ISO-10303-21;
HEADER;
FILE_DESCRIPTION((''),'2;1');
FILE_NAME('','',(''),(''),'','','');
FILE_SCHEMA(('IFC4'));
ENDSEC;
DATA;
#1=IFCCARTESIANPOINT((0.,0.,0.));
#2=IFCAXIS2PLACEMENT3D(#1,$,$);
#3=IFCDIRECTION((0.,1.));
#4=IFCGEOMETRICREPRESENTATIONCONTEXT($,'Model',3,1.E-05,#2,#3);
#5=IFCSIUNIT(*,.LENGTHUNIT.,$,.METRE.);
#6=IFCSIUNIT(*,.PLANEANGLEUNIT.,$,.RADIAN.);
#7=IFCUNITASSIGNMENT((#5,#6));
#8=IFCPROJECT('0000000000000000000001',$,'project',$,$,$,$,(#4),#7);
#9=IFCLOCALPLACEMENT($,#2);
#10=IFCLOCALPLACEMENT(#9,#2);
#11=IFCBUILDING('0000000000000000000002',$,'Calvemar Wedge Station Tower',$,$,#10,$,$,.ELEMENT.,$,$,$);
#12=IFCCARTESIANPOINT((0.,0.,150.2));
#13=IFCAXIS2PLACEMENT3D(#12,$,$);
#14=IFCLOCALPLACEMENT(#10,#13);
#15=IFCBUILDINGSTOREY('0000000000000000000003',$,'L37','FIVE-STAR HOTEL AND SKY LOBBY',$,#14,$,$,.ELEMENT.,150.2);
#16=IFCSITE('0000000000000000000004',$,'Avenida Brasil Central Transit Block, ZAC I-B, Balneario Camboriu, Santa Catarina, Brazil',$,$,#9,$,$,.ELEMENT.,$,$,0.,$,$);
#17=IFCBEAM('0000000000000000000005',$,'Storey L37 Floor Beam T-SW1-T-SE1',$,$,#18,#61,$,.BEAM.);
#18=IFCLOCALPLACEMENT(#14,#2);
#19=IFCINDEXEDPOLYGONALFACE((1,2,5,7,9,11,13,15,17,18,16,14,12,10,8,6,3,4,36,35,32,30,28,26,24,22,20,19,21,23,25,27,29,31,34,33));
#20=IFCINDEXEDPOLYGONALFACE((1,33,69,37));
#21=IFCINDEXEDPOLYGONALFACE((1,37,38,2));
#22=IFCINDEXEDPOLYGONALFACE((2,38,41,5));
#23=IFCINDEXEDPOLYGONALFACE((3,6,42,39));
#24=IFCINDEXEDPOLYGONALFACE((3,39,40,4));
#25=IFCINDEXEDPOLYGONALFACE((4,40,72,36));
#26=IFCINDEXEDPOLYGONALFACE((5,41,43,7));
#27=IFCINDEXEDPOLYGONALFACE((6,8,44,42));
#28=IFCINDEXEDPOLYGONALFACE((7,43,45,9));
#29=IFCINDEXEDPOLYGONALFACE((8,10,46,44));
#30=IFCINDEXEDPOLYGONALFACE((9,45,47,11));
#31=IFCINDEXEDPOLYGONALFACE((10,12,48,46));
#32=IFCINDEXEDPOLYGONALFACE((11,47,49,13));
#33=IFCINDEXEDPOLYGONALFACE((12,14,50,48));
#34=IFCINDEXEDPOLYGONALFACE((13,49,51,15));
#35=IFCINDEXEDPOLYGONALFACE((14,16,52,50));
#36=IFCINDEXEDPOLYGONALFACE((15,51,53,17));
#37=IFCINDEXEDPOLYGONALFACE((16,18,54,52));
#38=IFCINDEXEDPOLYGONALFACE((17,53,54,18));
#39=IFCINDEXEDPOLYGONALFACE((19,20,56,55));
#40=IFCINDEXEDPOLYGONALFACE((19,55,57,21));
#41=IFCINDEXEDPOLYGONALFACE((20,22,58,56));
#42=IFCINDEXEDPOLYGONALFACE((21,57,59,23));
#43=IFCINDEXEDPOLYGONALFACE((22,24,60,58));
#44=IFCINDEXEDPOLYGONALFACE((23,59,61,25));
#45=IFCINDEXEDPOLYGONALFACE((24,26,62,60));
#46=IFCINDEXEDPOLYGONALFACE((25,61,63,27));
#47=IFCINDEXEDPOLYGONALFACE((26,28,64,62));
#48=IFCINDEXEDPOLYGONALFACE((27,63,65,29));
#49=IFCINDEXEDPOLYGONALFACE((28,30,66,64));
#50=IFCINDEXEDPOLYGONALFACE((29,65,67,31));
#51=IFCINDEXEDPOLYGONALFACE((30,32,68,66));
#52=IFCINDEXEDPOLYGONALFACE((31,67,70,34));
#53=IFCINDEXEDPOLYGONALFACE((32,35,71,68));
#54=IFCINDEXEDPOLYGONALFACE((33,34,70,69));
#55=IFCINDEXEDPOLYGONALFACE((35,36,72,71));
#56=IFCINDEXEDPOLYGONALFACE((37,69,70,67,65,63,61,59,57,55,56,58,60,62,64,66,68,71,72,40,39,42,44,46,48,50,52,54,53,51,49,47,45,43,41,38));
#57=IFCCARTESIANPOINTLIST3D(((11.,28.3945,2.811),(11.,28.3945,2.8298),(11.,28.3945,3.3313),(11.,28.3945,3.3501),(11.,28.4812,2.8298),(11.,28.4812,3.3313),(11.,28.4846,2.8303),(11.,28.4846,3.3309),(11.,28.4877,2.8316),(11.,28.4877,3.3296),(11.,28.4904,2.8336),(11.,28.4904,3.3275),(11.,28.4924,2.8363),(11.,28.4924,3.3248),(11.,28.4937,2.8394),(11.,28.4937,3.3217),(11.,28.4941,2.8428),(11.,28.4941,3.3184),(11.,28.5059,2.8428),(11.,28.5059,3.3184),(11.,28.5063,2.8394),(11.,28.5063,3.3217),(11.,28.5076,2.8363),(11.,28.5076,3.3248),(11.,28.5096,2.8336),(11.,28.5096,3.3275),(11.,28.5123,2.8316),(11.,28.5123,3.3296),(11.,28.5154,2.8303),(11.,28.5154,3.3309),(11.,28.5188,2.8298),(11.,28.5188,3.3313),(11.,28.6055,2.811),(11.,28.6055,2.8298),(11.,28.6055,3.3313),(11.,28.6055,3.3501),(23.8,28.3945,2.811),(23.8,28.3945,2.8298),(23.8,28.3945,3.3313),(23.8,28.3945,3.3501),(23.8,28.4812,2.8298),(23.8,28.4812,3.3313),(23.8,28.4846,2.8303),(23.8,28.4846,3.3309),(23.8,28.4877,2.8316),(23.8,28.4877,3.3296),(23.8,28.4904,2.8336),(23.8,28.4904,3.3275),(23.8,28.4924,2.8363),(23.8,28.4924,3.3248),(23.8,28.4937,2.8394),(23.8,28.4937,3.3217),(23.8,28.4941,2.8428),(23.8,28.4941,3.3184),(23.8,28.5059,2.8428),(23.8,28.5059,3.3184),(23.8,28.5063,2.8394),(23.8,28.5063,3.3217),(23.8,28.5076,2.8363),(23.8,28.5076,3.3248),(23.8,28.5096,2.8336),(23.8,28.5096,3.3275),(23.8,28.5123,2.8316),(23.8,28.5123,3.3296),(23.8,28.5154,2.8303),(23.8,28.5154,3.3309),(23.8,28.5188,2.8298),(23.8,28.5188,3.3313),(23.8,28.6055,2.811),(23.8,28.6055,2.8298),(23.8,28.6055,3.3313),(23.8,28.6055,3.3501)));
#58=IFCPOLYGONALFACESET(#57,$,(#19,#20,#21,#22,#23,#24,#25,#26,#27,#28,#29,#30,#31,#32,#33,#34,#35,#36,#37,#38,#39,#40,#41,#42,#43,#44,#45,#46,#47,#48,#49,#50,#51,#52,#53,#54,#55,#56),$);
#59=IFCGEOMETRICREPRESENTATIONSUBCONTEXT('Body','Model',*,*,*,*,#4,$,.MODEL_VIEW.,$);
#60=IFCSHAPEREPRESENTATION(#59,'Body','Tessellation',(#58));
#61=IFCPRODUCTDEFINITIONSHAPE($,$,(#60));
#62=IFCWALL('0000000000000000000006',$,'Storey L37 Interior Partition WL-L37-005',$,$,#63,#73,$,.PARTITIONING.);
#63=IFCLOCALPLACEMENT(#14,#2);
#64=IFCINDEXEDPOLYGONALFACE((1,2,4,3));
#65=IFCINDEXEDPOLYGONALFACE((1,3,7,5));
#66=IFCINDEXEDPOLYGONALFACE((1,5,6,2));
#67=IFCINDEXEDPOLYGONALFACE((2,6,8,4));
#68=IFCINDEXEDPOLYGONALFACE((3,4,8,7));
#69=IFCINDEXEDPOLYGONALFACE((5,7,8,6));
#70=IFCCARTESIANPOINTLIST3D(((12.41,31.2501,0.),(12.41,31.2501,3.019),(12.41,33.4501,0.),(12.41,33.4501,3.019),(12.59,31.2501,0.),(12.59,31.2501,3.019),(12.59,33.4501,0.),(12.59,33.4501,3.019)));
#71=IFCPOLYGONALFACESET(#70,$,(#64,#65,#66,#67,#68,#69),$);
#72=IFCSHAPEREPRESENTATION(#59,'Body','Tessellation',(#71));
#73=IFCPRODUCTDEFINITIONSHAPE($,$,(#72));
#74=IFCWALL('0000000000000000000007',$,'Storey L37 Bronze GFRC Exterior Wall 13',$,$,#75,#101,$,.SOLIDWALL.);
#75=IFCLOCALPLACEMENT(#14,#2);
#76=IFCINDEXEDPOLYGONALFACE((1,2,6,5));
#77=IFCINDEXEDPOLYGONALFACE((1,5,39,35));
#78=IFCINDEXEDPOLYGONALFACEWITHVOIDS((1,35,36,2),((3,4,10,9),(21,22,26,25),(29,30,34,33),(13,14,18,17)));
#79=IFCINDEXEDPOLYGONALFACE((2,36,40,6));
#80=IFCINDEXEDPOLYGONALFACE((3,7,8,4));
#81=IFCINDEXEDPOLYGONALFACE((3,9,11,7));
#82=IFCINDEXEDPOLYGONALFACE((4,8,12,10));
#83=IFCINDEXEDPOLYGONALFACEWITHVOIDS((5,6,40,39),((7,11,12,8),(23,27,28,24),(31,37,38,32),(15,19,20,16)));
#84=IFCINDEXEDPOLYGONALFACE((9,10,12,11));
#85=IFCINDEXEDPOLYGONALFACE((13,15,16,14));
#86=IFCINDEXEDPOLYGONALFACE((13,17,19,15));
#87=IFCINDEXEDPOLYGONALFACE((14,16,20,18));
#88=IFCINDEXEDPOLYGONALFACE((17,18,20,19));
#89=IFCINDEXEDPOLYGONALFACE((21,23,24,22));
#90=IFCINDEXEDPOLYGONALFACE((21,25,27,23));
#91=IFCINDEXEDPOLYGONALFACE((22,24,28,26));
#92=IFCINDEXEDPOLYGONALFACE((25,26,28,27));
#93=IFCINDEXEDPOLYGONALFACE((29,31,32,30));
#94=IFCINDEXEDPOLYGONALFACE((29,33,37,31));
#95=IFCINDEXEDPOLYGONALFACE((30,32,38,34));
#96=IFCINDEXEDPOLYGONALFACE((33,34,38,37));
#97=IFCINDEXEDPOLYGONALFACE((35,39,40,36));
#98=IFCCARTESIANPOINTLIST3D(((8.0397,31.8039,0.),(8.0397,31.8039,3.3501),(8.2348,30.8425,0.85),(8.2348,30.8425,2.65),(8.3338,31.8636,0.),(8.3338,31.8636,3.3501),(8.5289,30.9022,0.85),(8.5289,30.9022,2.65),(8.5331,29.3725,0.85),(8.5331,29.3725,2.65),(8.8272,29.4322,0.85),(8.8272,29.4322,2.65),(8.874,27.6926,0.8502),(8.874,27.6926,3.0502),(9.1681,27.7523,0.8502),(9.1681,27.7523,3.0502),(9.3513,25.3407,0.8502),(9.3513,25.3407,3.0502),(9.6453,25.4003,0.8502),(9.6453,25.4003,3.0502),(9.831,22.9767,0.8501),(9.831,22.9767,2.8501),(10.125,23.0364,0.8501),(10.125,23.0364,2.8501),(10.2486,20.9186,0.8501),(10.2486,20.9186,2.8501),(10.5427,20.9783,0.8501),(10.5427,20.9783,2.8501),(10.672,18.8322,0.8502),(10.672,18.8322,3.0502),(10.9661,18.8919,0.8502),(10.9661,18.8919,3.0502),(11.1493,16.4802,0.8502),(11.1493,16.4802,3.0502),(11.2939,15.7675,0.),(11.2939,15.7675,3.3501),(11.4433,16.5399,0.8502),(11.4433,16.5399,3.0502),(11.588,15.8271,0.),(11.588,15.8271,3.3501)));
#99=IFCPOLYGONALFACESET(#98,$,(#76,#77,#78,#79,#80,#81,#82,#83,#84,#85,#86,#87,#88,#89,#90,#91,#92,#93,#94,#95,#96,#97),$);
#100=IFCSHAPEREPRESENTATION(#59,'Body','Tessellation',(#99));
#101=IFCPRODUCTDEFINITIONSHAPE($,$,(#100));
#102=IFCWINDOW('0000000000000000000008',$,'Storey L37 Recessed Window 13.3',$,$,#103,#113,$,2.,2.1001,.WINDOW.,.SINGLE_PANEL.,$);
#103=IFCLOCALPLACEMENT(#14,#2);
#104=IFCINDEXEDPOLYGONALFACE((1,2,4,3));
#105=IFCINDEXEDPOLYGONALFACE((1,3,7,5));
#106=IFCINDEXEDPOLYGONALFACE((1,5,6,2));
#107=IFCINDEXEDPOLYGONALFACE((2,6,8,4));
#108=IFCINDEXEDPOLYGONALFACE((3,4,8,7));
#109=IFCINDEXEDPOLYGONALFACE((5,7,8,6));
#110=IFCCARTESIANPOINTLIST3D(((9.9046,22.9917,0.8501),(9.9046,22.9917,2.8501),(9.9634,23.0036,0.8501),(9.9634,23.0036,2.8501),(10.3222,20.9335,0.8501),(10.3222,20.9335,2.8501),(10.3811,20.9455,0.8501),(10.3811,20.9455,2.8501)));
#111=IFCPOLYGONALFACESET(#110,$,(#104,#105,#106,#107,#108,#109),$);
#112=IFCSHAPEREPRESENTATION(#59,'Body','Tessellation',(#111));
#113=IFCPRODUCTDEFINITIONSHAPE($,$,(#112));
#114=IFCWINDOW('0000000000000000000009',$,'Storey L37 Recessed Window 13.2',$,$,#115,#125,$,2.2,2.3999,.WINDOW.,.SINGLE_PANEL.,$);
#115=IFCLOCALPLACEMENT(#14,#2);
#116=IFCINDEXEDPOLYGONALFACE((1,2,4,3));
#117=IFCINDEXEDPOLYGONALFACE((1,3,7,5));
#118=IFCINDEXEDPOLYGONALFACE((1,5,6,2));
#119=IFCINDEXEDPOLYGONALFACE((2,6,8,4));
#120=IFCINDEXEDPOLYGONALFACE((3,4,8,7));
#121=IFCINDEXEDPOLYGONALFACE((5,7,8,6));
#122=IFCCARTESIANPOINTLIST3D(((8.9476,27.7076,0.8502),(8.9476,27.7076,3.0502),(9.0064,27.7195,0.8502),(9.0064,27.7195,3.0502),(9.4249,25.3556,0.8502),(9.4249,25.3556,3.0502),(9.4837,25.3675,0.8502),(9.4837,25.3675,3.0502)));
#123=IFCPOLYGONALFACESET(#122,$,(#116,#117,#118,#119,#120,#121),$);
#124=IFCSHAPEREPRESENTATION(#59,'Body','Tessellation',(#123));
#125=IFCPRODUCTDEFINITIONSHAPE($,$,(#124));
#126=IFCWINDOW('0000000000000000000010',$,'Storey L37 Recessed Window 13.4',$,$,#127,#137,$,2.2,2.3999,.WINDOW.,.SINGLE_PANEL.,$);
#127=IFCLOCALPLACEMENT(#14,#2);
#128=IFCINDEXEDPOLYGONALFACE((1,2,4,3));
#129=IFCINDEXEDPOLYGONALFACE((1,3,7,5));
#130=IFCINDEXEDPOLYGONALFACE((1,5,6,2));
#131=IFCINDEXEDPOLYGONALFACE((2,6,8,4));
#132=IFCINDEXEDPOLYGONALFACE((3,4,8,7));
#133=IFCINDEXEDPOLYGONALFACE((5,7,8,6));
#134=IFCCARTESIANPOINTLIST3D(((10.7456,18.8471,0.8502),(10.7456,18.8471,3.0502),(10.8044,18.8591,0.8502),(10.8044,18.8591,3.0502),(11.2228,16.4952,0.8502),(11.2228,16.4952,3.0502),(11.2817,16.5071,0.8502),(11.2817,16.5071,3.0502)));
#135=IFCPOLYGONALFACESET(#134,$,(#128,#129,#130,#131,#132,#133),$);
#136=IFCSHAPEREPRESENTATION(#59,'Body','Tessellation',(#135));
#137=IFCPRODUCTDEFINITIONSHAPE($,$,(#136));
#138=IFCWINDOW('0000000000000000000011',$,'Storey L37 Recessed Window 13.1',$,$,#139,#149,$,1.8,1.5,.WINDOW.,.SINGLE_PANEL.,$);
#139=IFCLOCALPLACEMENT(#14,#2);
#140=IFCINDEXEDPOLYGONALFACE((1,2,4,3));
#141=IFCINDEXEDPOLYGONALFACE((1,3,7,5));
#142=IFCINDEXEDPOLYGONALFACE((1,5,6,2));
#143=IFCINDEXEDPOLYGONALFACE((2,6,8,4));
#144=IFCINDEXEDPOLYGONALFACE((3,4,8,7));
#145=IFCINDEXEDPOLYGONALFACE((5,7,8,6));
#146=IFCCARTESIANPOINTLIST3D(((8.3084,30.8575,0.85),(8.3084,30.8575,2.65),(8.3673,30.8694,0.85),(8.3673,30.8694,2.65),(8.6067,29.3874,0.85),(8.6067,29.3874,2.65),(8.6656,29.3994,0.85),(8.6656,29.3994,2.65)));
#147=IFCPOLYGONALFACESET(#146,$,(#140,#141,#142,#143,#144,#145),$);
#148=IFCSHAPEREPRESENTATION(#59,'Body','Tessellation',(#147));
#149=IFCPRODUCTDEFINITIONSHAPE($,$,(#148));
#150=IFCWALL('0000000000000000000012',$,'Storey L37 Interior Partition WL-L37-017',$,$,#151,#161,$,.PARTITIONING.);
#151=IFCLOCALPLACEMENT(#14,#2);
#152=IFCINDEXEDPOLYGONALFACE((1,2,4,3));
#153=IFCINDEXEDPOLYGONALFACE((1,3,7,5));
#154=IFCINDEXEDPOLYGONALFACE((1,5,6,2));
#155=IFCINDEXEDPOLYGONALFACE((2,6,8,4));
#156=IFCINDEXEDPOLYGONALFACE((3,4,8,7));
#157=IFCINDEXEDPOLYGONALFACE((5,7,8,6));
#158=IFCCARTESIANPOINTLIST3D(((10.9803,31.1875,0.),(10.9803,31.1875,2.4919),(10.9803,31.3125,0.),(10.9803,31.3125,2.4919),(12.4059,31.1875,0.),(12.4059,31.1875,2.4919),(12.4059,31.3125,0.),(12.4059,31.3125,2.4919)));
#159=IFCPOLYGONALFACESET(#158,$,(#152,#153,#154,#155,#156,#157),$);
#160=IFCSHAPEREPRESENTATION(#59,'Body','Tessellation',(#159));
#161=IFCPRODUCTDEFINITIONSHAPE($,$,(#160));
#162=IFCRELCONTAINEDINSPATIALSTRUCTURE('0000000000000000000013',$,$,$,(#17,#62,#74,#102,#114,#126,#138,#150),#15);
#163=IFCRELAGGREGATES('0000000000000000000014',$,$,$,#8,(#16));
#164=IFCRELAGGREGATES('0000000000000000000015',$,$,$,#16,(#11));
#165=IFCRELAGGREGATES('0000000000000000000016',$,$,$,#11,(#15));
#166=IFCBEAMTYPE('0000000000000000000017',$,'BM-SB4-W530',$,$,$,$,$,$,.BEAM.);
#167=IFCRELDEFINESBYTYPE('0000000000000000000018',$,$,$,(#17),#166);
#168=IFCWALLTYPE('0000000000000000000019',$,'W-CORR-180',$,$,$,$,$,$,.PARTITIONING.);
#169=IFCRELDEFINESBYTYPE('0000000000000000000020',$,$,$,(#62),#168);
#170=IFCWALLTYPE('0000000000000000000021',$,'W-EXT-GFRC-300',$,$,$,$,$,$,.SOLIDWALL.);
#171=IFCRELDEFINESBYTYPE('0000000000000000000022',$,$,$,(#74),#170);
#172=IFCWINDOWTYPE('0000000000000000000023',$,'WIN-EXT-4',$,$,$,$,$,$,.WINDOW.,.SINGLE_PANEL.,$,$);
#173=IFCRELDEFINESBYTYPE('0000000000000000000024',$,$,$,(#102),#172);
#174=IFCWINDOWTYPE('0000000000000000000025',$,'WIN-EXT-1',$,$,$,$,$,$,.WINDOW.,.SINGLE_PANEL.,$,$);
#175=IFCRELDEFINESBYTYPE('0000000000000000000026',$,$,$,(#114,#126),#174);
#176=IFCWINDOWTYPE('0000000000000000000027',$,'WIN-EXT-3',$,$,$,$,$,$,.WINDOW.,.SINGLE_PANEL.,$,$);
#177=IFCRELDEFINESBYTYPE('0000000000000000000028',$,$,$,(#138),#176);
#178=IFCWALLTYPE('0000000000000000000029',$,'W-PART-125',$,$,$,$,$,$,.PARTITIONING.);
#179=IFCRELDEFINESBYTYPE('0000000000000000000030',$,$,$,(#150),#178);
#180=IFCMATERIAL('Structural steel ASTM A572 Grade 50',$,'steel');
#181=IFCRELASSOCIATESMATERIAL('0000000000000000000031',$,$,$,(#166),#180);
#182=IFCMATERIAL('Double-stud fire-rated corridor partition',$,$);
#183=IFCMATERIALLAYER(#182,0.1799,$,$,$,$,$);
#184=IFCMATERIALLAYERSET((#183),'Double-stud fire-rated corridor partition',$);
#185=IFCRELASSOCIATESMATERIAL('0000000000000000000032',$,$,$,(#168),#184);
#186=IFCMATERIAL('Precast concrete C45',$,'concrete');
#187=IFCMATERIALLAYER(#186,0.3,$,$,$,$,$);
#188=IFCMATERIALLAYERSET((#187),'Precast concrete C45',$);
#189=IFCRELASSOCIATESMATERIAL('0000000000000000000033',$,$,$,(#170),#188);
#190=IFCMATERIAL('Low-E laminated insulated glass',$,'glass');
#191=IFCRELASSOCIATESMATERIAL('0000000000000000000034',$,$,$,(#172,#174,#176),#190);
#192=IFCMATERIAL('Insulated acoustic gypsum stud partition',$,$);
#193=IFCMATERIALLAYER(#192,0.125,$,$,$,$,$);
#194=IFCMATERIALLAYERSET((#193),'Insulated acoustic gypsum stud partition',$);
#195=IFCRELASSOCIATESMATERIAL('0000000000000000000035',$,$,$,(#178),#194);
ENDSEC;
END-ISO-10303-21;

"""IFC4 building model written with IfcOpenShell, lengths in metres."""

from ifc_helpers import new_model, si_unit, direction, frame, frame_2d, origin, origin_2d, place, context, subcontext, project, spatial, rectangle, i_section, extrude, source, transform, mapped, material, layer, layer_set, material_profile, profile_set, type_object, element, fill, save


model = new_model("IFC4")

# Units and contexts
model_context = context("Model", 3, precision=1e-05, world=origin(), true_north=direction((0.0, 1.0)))
body_context = subcontext(model_context, "Body", "Model", "MODEL_VIEW")
ifc_project = project(units=[si_unit("LENGTHUNIT", "METRE"), si_unit("PLANEANGLEUNIT", "RADIAN")], contexts=[model_context])

# Site, building, storey
site_placement = place(None, origin())
site = spatial("IfcSite", under=ifc_project, at=site_placement, Name="Avenida Brasil Central Transit Block, ZAC I-B, Balneario Camboriu, Santa Catarina, Brazil", CompositionType="ELEMENT", RefElevation=0.0)
building_placement = place(site_placement, origin())
building = spatial("IfcBuilding", under=site, at=building_placement, Name="Calvemar Wedge Station Tower", CompositionType="ELEMENT")
storey_placement = place(building_placement, frame((0.0, 0.0, 150.2)))
storey = spatial("IfcBuildingStorey", under=building, at=storey_placement, Name="L37", Description="FIVE-STAR HOTEL AND SKY LOBBY", CompositionType="ELEMENT", Elevation=150.2)

# Beam
ifc_material_1 = material(Name="Structural steel ASTM A572 Grade 50", Category="steel")
ifc_material_profile_1 = material_profile(ifc_material_1, i_section(OverallWidth=0.2109, OverallDepth=0.5391, WebThickness=0.0117, FlangeThickness=0.0188, FilletRadius=0.0129, at=origin_2d()), Name="W530x109")
ifc_profile_set_1 = profile_set([ifc_material_profile_1], Name="Structural steel ASTM A572 Grade 50")
beam_type_1 = type_object("IfcBeamType", Name="BM-SB4-W530", PredefinedType="BEAM", material=ifc_profile_set_1)
shared_shape_1 = source(origin(), body_context, "Body", "SweptSolid", [
    extrude(i_section(OverallWidth=0.2109, OverallDepth=0.5391, WebThickness=0.0117, FlangeThickness=0.0188, FilletRadius=0.0129, at=origin_2d()), origin(), (0.0, 0.0, 1.0), 12.8),
])
beam_1_placement = place(storey_placement, frame((11.0, 28.5, 3.0806), z_axis=(1.0, 0.0, 0.0), x_axis=(0.0, 1.0, 0.0)))
element("IfcBeam", 1, at=beam_1_placement, inside=storey, type_object=beam_type_1, Name="Storey L37 Floor Beam T-SW1-T-SE1", PredefinedType="BEAM", context=body_context, shape_type="MappedRepresentation", body=[
    mapped(shared_shape_1, transform((0.0, 0.0, 0.0), scale=1.0)),
])

# Wall
ifc_material_2 = material(Name="Double-stud fire-rated corridor partition")
ifc_layer_1 = layer(ifc_material_2, 0.1799)
ifc_layer_set_1 = layer_set([ifc_layer_1], Name="Double-stud fire-rated corridor partition")
wall_type_1 = type_object("IfcWallType", Name="W-CORR-180", PredefinedType="PARTITIONING", material=ifc_layer_set_1)
wall_1_placement = place(storey_placement, frame((12.5, 31.25, 0.0), z_axis=(0.0, 0.0, 1.0), x_axis=(0.0, 1.0, 0.0)))
element("IfcWall", 2, at=wall_1_placement, inside=storey, type_object=wall_type_1, Name="Storey L37 Interior Partition WL-L37-005", PredefinedType="PARTITIONING", context=body_context, shape_type="SweptSolid", body=[
    extrude(rectangle(XDim=2.2, YDim=0.1799, at=frame_2d((1.1001, 0.0))), origin(), (0.0, 0.0, 1.0), 3.019),
])

# Wall, openings, windows
ifc_material_3 = material(Name="Precast concrete C45", Category="concrete")
ifc_layer_2 = layer(ifc_material_3, 0.3)
ifc_layer_set_2 = layer_set([ifc_layer_2], Name="Precast concrete C45")
wall_type_2 = type_object("IfcWallType", Name="W-EXT-GFRC-300", PredefinedType="SOLIDWALL", material=ifc_layer_set_2)
wall_2_placement = place(storey_placement, frame((8.1868, 31.8337, 0.0), z_axis=(0.0, 0.0, 1.0), x_axis=(0.19887, -0.980026, 0.0)))
wall_2 = element("IfcWall", 3, at=wall_2_placement, inside=storey, type_object=wall_type_2, Name="Storey L37 Bronze GFRC Exterior Wall 13", PredefinedType="SOLIDWALL", context=body_context, shape_type="SweptSolid", body=[
    extrude(rectangle(XDim=16.3633, YDim=0.3, at=frame_2d((8.1816, 0.0))), origin(), (0.0, 0.0, 1.0), 3.3501),
])
shared_shape_2 = source(origin(), body_context, "Body", "SweptSolid", [
    extrude(rectangle(XDim=1.5, YDim=1.8, at=frame_2d((0.75, 0.8999))), frame((0.0, 0.1602, 0.0), z_axis=(0.0, -1.0, 0.0), x_axis=(1.0, 0.0, 0.0)), (0.0, 0.0, 1.0), 0.3201),
])
opening_1_placement = place(wall_2_placement, frame((0.981, 0.0, 0.8501)))
opening_1 = element("IfcOpeningElement", 4, at=opening_1_placement, cuts=wall_2, PredefinedType="OPENING", context=body_context, shape_type="MappedRepresentation", body=[
    mapped(shared_shape_2, transform((0.0, 0.0, 0.0), scale=1.0)),
])
shared_shape_3 = source(origin(), body_context, "Body", "SweptSolid", [
    extrude(rectangle(XDim=2.3999, YDim=2.2, at=frame_2d((1.2, 1.1001))), frame((0.0, 0.1602, 0.0), z_axis=(0.0, -1.0, 0.0), x_axis=(1.0, 0.0, 0.0)), (0.0, 0.0, 1.0), 0.3201),
])
opening_2_placement = place(wall_2_placement, frame((4.1951, 0.0, 0.8501)))
opening_2 = element("IfcOpeningElement", 5, at=opening_2_placement, cuts=wall_2, PredefinedType="OPENING", context=body_context, shape_type="MappedRepresentation", body=[
    mapped(shared_shape_3, transform((0.0, 0.0, 0.0), scale=1.0)),
])
shared_shape_4 = source(origin(), body_context, "Body", "SweptSolid", [
    extrude(rectangle(XDim=2.1001, YDim=2.0, at=frame_2d((1.05, 1.0))), frame((0.0, 0.1602, 0.0), z_axis=(0.0, -1.0, 0.0), x_axis=(1.0, 0.0, 0.0)), (0.0, 0.0, 1.0), 0.3201),
])
opening_3_placement = place(wall_2_placement, frame((9.0071, 0.0, 0.8501)))
opening_3 = element("IfcOpeningElement", 6, at=opening_3_placement, cuts=wall_2, PredefinedType="OPENING", context=body_context, shape_type="MappedRepresentation", body=[
    mapped(shared_shape_4, transform((0.0, 0.0, 0.0), scale=1.0)),
])
opening_4_placement = place(wall_2_placement, frame((13.2361, 0.0, 0.8501)))
opening_4 = element("IfcOpeningElement", 7, at=opening_4_placement, cuts=wall_2, PredefinedType="OPENING", context=body_context, shape_type="MappedRepresentation", body=[
    mapped(shared_shape_3, transform((0.0, 0.0, 0.0), scale=1.0)),
])
ifc_material_4 = material(Name="Low-E laminated insulated glass", Category="glass")
window_type_1 = type_object("IfcWindowType", Name="WIN-EXT-4", PartitioningType="SINGLE_PANEL", PredefinedType="WINDOW", material=ifc_material_4)
shared_shape_5 = source(origin(), body_context, "Body", "SweptSolid", [
    extrude(rectangle(XDim=2.1001, YDim=2.0, at=frame_2d((1.05, 1.0))), frame((0.0, -0.0149, 0.0), z_axis=(0.0, -1.0, 0.0), x_axis=(1.0, 0.0, 0.0)), (0.0, 0.0, 1.0), 0.0601),
])
window_1_placement = place(opening_3_placement, origin())
window_1 = element("IfcWindow", 8, at=window_1_placement, inside=storey, type_object=window_type_1, Name="Storey L37 Recessed Window 13.3", OverallHeight=2.0, OverallWidth=2.1001, PartitioningType="SINGLE_PANEL", PredefinedType="WINDOW", context=body_context, shape_type="MappedRepresentation", body=[
    mapped(shared_shape_5, transform((0.0, 0.0, 0.0), scale=1.0)),
])
fill(opening_3, window_1)
window_type_2 = type_object("IfcWindowType", Name="WIN-EXT-1", PartitioningType="SINGLE_PANEL", PredefinedType="WINDOW", material=ifc_material_4)
shared_shape_6 = source(origin(), body_context, "Body", "SweptSolid", [
    extrude(rectangle(XDim=2.3999, YDim=2.2, at=frame_2d((1.2, 1.1001))), frame((0.0, -0.0149, 0.0), z_axis=(0.0, -1.0, 0.0), x_axis=(1.0, 0.0, 0.0)), (0.0, 0.0, 1.0), 0.0601),
])
window_2_placement = place(opening_2_placement, origin())
window_2 = element("IfcWindow", 9, at=window_2_placement, inside=storey, type_object=window_type_2, Name="Storey L37 Recessed Window 13.2", OverallHeight=2.2, OverallWidth=2.3999, PartitioningType="SINGLE_PANEL", PredefinedType="WINDOW", context=body_context, shape_type="MappedRepresentation", body=[
    mapped(shared_shape_6, transform((0.0, 0.0, 0.0), scale=1.0)),
])
fill(opening_2, window_2)
window_3_placement = place(opening_4_placement, origin())
window_3 = element("IfcWindow", 10, at=window_3_placement, inside=storey, type_object=window_type_2, Name="Storey L37 Recessed Window 13.4", OverallHeight=2.2, OverallWidth=2.3999, PartitioningType="SINGLE_PANEL", PredefinedType="WINDOW", context=body_context, shape_type="MappedRepresentation", body=[
    mapped(shared_shape_6, transform((0.0, 0.0, 0.0), scale=1.0)),
])
fill(opening_4, window_3)
window_type_3 = type_object("IfcWindowType", Name="WIN-EXT-3", PartitioningType="SINGLE_PANEL", PredefinedType="WINDOW", material=ifc_material_4)
shared_shape_7 = source(origin(), body_context, "Body", "SweptSolid", [
    extrude(rectangle(XDim=1.5, YDim=1.8, at=frame_2d((0.75, 0.8999))), frame((0.0, -0.0149, 0.0), z_axis=(0.0, -1.0, 0.0), x_axis=(1.0, 0.0, 0.0)), (0.0, 0.0, 1.0), 0.0601),
])
window_4_placement = place(opening_1_placement, origin())
window_4 = element("IfcWindow", 11, at=window_4_placement, inside=storey, type_object=window_type_3, Name="Storey L37 Recessed Window 13.1", OverallHeight=1.8, OverallWidth=1.5, PartitioningType="SINGLE_PANEL", PredefinedType="WINDOW", context=body_context, shape_type="MappedRepresentation", body=[
    mapped(shared_shape_7, transform((0.0, 0.0, 0.0), scale=1.0)),
])
fill(opening_1, window_4)

# Wall
ifc_material_5 = material(Name="Insulated acoustic gypsum stud partition")
ifc_layer_3 = layer(ifc_material_5, 0.125)
ifc_layer_set_3 = layer_set([ifc_layer_3], Name="Insulated acoustic gypsum stud partition")
wall_type_3 = type_object("IfcWallType", Name="W-PART-125", PredefinedType="PARTITIONING", material=ifc_layer_set_3)
wall_3_placement = place(storey_placement, frame((12.406, 31.25, 0.0), z_axis=(0.0, 0.0, 1.0), x_axis=(-1.0, 0.0, 0.0)))
element("IfcWall", 12, at=wall_3_placement, inside=storey, type_object=wall_type_3, Name="Storey L37 Interior Partition WL-L37-017", PredefinedType="PARTITIONING", context=body_context, shape_type="SweptSolid", body=[
    extrude(rectangle(XDim=1.4255, YDim=0.125, at=frame_2d((0.7129, 0.0))), origin(), (0.0, 0.0, 1.0), 2.4919),
])

save(model, "model.ifc")
